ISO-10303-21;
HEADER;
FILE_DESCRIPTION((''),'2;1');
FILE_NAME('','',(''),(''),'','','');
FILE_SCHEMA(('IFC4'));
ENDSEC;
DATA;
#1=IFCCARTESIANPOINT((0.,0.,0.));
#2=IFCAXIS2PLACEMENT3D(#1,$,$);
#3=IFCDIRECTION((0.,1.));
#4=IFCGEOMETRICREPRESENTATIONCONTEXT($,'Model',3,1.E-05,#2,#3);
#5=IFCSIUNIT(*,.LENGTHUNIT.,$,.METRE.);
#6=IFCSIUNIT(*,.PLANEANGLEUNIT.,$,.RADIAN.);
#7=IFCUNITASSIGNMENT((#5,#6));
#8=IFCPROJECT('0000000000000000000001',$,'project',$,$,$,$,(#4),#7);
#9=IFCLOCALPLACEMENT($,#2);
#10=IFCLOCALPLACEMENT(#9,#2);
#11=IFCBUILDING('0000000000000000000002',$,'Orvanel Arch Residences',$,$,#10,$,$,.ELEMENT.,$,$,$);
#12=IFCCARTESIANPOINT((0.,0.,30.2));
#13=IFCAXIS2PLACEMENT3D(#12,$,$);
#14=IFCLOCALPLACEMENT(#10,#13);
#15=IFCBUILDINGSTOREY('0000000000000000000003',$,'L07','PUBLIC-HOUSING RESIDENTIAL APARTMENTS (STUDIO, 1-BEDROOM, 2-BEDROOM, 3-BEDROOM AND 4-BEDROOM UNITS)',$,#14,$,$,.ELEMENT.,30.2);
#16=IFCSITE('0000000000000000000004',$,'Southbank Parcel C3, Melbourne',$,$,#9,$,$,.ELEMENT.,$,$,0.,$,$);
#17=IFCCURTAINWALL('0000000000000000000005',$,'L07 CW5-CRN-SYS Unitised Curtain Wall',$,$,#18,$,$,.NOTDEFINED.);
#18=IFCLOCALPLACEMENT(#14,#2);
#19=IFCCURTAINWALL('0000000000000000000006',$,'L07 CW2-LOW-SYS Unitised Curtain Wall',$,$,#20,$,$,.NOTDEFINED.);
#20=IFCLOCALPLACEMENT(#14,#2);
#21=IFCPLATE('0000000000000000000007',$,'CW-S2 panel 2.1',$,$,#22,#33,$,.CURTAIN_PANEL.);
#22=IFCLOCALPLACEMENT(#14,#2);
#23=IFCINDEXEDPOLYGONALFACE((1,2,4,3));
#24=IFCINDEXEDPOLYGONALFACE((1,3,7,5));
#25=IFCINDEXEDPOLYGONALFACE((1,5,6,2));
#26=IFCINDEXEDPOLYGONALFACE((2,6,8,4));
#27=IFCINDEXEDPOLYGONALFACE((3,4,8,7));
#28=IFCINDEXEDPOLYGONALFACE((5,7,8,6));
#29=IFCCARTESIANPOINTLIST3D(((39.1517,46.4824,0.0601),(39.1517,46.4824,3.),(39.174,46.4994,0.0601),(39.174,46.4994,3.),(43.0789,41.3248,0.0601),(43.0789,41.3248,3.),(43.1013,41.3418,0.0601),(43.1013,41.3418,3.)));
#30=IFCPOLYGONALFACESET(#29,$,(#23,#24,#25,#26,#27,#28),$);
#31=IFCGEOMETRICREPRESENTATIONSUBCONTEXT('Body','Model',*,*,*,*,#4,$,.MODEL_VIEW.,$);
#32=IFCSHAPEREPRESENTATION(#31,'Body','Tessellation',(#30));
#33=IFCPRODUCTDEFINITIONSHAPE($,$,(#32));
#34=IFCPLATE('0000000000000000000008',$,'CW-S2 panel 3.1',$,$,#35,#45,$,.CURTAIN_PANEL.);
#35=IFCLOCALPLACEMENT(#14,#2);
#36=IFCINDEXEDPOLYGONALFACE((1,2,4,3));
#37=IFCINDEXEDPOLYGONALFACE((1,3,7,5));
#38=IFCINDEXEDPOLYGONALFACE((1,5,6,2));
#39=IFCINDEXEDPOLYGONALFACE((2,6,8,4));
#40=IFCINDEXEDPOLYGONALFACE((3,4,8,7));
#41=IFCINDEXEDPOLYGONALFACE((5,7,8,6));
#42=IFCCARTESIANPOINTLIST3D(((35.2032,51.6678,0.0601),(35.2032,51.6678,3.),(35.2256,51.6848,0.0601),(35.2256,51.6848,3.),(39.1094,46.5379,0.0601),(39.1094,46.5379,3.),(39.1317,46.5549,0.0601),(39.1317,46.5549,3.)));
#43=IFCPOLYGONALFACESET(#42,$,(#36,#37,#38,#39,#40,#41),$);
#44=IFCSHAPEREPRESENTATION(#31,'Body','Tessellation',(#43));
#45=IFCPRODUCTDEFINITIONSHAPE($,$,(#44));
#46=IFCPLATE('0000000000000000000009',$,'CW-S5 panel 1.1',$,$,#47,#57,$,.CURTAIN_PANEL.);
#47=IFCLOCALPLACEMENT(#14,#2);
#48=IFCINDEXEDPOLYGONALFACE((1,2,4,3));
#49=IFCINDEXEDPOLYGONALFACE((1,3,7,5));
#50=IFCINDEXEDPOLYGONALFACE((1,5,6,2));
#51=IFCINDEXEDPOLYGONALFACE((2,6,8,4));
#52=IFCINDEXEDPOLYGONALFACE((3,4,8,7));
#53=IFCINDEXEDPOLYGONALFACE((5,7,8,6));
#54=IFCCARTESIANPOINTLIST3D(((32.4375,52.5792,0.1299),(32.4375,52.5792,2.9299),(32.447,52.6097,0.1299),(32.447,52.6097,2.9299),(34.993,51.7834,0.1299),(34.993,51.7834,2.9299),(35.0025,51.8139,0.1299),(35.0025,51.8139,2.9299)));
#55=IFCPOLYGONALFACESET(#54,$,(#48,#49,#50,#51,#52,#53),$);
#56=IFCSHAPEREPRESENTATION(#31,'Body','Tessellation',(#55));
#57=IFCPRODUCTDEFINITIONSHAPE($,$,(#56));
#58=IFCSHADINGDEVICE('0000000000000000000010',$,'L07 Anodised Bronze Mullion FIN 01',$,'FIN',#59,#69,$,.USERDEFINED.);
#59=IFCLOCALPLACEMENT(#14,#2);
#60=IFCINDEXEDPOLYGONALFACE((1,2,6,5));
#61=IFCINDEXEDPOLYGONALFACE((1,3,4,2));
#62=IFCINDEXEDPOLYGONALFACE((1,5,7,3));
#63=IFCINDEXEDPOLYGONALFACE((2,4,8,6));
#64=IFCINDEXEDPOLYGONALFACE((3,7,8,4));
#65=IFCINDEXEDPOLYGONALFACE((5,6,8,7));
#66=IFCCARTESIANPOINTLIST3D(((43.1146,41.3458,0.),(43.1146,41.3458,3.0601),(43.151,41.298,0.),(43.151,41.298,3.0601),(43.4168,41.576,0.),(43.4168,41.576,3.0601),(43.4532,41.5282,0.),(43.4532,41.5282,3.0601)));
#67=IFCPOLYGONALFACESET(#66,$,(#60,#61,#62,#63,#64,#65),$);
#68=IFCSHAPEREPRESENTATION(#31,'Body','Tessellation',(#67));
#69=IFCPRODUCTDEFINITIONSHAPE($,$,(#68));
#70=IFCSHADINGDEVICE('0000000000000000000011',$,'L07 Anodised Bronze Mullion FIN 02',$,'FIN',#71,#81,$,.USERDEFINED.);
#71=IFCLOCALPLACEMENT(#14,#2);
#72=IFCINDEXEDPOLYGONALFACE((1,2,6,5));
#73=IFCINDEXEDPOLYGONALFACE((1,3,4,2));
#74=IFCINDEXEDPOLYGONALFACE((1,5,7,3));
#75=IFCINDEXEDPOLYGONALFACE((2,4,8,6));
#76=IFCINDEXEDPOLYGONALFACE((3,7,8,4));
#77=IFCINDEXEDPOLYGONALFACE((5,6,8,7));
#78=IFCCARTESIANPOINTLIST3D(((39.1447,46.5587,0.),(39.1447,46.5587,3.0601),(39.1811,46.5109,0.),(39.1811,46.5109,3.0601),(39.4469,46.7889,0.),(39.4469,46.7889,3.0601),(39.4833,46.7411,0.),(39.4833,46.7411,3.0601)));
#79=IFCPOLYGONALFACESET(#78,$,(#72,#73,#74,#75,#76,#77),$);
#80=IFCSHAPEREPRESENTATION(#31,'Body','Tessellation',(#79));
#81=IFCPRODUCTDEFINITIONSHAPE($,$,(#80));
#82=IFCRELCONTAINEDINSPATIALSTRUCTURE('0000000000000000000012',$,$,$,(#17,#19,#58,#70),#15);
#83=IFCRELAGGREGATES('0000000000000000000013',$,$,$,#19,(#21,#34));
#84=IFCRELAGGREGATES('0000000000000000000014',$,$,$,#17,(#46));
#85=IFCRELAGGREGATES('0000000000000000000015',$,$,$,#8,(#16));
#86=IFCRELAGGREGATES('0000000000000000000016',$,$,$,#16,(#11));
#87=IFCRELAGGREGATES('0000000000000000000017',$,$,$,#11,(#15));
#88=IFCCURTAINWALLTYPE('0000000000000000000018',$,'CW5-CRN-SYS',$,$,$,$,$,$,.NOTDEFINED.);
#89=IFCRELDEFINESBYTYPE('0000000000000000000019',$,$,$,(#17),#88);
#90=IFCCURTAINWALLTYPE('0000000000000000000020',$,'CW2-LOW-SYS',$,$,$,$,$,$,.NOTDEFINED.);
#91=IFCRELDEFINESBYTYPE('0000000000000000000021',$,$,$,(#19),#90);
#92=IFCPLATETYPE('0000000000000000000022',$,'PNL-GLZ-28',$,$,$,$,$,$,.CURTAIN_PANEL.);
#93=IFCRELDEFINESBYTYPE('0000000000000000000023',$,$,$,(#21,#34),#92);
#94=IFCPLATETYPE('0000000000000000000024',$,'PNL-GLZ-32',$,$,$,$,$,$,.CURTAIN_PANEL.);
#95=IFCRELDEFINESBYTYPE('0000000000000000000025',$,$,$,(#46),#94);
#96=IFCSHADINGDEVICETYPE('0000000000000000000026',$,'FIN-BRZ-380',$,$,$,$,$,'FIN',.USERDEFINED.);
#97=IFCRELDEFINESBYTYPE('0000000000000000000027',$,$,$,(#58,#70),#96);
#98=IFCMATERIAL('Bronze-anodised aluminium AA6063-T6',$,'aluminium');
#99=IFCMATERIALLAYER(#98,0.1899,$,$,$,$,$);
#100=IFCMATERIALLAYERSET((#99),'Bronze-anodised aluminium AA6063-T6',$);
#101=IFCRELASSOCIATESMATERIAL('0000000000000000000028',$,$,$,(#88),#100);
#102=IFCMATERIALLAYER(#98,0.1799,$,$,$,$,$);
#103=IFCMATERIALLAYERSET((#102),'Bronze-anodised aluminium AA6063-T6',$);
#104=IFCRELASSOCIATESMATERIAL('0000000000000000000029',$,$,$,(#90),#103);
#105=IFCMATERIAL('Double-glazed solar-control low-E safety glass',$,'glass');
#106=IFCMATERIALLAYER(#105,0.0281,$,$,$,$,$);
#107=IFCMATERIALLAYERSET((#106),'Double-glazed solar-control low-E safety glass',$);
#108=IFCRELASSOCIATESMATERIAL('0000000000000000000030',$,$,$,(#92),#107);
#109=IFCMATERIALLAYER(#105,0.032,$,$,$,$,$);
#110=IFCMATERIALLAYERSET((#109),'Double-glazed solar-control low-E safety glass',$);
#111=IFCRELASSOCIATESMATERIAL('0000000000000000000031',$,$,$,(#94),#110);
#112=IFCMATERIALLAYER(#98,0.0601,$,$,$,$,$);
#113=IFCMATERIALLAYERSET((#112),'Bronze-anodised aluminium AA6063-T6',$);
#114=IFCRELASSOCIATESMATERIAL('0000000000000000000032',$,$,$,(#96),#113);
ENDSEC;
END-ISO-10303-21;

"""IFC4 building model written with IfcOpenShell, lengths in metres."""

from ifc_helpers import new_model, si_unit, direction, frame, origin, origin_2d, place, context, subcontext, project, spatial, rectangle, extrude, material, layer, layer_set, type_object, element, aggregate, save


model = new_model("IFC4")

# Units and contexts
model_context = context("Model", 3, precision=1e-05, world=origin(), true_north=direction((0.0, 1.0)))
body_context = subcontext(model_context, "Body", "Model", "MODEL_VIEW")
ifc_project = project(units=[si_unit("LENGTHUNIT", "METRE"), si_unit("PLANEANGLEUNIT", "RADIAN")], contexts=[model_context])

# Site, building, storey
site_placement = place(None, origin())
site = spatial("IfcSite", under=ifc_project, at=site_placement, Name="Southbank Parcel C3, Melbourne", CompositionType="ELEMENT", RefElevation=0.0)
building_placement = place(site_placement, origin())
building = spatial("IfcBuilding", under=site, at=building_placement, Name="Orvanel Arch Residences", CompositionType="ELEMENT")
storey_placement = place(building_placement, frame((0.0, 0.0, 30.2)))
storey = spatial("IfcBuildingStorey", under=building, at=storey_placement, Name="L07", Description="PUBLIC-HOUSING RESIDENTIAL APARTMENTS (STUDIO, 1-BEDROOM, 2-BEDROOM, 3-BEDROOM AND 4-BEDROOM UNITS)", CompositionType="ELEMENT", Elevation=30.2)

# Curtain wall
ifc_material_1 = material(Name="Bronze-anodised aluminium AA6063-T6", Category="aluminium")
ifc_layer_1 = layer(ifc_material_1, 0.1899)
ifc_layer_set_1 = layer_set([ifc_layer_1], Name="Bronze-anodised aluminium AA6063-T6")
curtain_wall_type_1 = type_object("IfcCurtainWallType", Name="CW5-CRN-SYS", PredefinedType="NOTDEFINED", material=ifc_layer_set_1)
curtain_wall_1_placement = place(storey_placement, origin())
curtain_wall_1 = element("IfcCurtainWall", 1, at=curtain_wall_1_placement, inside=storey, type_object=curtain_wall_type_1, Name="L07 CW5-CRN-SYS Unitised Curtain Wall", PredefinedType="NOTDEFINED")

# Curtain wall
ifc_layer_2 = layer(ifc_material_1, 0.1799)
ifc_layer_set_2 = layer_set([ifc_layer_2], Name="Bronze-anodised aluminium AA6063-T6")
curtain_wall_type_2 = type_object("IfcCurtainWallType", Name="CW2-LOW-SYS", PredefinedType="NOTDEFINED", material=ifc_layer_set_2)
curtain_wall_2_placement = place(storey_placement, origin())
curtain_wall_2 = element("IfcCurtainWall", 2, at=curtain_wall_2_placement, inside=storey, type_object=curtain_wall_type_2, Name="L07 CW2-LOW-SYS Unitised Curtain Wall", PredefinedType="NOTDEFINED")

# Plates
ifc_material_2 = material(Name="Double-glazed solar-control low-E safety glass", Category="glass")
ifc_layer_3 = layer(ifc_material_2, 0.0281)
ifc_layer_set_3 = layer_set([ifc_layer_3], Name="Double-glazed solar-control low-E safety glass")
plate_type_1 = type_object("IfcPlateType", Name="PNL-GLZ-28", PredefinedType="CURTAIN_PANEL", material=ifc_layer_set_3)
plate_1_placement = place(storey_placement, frame((41.1265, 43.9121, 0.0601), z_axis=(0.0, 0.0, 1.0), x_axis=(-0.605812, 0.795608, 0.0)))
plate_1 = element("IfcPlate", 3, at=plate_1_placement, type_object=plate_type_1, Name="CW-S2 panel 2.1", PredefinedType="CURTAIN_PANEL", context=body_context, shape_type="SweptSolid", body=[
    extrude(rectangle(XDim=6.4827, YDim=0.0281, at=origin_2d()), origin(), (0.0, 0.0, 1.0), 2.9399),
])
plate_2_placement = place(storey_placement, frame((37.1675, 49.1113, 0.0601), z_axis=(0.0, 0.0, 1.0), x_axis=(-0.605812, 0.795608, 0.0)))
plate_2 = element("IfcPlate", 4, at=plate_2_placement, type_object=plate_type_1, Name="CW-S2 panel 3.1", PredefinedType="CURTAIN_PANEL", context=body_context, shape_type="SweptSolid", body=[
    extrude(rectangle(XDim=6.4478, YDim=0.0281, at=origin_2d()), origin(), (0.0, 0.0, 1.0), 2.9399),
])
aggregate(curtain_wall_2, [plate_1, plate_2])
ifc_layer_4 = layer(ifc_material_2, 0.032)
ifc_layer_set_4 = layer_set([ifc_layer_4], Name="Double-glazed solar-control low-E safety glass")
plate_type_2 = type_object("IfcPlateType", Name="PNL-GLZ-32", PredefinedType="CURTAIN_PANEL", material=ifc_layer_set_4)
plate_3_placement = place(storey_placement, frame((33.72, 52.1965, 0.1299), z_axis=(0.0, 0.0, 1.0), x_axis=(-0.954778, 0.297318, 0.0)))
plate_3 = element("IfcPlate", 5, at=plate_3_placement, type_object=plate_type_2, Name="CW-S5 panel 1.1", PredefinedType="CURTAIN_PANEL", context=body_context, shape_type="SweptSolid", body=[
    extrude(rectangle(XDim=2.6765, YDim=0.032, at=origin_2d()), origin(), (0.0, 0.0, 1.0), 2.8),
])
aggregate(curtain_wall_1, [plate_3])

# Shading devices
ifc_layer_5 = layer(ifc_material_1, 0.0601)
ifc_layer_set_5 = layer_set([ifc_layer_5], Name="Bronze-anodised aluminium AA6063-T6")
shading_device_type = type_object("IfcShadingDeviceType", Name="FIN-BRZ-380", ElementType="FIN", PredefinedType="USERDEFINED", material=ifc_layer_set_5)
for number, where, z_axis, x_axis, name in (
    (6, (43.2839, 41.437, 0.0), (0.0, 0.0, 1.0), (0.795473, 0.605988, 0.0), "L07 Anodised Bronze Mullion FIN 01"),
    (7, (39.314, 46.6499, 0.0), (0.0, 0.0, 1.0), (0.795473, 0.605988, 0.0), "L07 Anodised Bronze Mullion FIN 02"),
):
    element("IfcShadingDevice", number, at=place(storey_placement, frame(where, z_axis=z_axis, x_axis=x_axis)), inside=storey, type_object=shading_device_type, Name=name, ObjectType="FIN", PredefinedType="USERDEFINED", context=body_context, shape_type="SweptSolid", body=[
        extrude(rectangle(XDim=0.3799, YDim=0.0601, at=origin_2d()), origin(), (0.0, 0.0, 1.0), 3.0601),
    ])

save(model, "model.ifc")
